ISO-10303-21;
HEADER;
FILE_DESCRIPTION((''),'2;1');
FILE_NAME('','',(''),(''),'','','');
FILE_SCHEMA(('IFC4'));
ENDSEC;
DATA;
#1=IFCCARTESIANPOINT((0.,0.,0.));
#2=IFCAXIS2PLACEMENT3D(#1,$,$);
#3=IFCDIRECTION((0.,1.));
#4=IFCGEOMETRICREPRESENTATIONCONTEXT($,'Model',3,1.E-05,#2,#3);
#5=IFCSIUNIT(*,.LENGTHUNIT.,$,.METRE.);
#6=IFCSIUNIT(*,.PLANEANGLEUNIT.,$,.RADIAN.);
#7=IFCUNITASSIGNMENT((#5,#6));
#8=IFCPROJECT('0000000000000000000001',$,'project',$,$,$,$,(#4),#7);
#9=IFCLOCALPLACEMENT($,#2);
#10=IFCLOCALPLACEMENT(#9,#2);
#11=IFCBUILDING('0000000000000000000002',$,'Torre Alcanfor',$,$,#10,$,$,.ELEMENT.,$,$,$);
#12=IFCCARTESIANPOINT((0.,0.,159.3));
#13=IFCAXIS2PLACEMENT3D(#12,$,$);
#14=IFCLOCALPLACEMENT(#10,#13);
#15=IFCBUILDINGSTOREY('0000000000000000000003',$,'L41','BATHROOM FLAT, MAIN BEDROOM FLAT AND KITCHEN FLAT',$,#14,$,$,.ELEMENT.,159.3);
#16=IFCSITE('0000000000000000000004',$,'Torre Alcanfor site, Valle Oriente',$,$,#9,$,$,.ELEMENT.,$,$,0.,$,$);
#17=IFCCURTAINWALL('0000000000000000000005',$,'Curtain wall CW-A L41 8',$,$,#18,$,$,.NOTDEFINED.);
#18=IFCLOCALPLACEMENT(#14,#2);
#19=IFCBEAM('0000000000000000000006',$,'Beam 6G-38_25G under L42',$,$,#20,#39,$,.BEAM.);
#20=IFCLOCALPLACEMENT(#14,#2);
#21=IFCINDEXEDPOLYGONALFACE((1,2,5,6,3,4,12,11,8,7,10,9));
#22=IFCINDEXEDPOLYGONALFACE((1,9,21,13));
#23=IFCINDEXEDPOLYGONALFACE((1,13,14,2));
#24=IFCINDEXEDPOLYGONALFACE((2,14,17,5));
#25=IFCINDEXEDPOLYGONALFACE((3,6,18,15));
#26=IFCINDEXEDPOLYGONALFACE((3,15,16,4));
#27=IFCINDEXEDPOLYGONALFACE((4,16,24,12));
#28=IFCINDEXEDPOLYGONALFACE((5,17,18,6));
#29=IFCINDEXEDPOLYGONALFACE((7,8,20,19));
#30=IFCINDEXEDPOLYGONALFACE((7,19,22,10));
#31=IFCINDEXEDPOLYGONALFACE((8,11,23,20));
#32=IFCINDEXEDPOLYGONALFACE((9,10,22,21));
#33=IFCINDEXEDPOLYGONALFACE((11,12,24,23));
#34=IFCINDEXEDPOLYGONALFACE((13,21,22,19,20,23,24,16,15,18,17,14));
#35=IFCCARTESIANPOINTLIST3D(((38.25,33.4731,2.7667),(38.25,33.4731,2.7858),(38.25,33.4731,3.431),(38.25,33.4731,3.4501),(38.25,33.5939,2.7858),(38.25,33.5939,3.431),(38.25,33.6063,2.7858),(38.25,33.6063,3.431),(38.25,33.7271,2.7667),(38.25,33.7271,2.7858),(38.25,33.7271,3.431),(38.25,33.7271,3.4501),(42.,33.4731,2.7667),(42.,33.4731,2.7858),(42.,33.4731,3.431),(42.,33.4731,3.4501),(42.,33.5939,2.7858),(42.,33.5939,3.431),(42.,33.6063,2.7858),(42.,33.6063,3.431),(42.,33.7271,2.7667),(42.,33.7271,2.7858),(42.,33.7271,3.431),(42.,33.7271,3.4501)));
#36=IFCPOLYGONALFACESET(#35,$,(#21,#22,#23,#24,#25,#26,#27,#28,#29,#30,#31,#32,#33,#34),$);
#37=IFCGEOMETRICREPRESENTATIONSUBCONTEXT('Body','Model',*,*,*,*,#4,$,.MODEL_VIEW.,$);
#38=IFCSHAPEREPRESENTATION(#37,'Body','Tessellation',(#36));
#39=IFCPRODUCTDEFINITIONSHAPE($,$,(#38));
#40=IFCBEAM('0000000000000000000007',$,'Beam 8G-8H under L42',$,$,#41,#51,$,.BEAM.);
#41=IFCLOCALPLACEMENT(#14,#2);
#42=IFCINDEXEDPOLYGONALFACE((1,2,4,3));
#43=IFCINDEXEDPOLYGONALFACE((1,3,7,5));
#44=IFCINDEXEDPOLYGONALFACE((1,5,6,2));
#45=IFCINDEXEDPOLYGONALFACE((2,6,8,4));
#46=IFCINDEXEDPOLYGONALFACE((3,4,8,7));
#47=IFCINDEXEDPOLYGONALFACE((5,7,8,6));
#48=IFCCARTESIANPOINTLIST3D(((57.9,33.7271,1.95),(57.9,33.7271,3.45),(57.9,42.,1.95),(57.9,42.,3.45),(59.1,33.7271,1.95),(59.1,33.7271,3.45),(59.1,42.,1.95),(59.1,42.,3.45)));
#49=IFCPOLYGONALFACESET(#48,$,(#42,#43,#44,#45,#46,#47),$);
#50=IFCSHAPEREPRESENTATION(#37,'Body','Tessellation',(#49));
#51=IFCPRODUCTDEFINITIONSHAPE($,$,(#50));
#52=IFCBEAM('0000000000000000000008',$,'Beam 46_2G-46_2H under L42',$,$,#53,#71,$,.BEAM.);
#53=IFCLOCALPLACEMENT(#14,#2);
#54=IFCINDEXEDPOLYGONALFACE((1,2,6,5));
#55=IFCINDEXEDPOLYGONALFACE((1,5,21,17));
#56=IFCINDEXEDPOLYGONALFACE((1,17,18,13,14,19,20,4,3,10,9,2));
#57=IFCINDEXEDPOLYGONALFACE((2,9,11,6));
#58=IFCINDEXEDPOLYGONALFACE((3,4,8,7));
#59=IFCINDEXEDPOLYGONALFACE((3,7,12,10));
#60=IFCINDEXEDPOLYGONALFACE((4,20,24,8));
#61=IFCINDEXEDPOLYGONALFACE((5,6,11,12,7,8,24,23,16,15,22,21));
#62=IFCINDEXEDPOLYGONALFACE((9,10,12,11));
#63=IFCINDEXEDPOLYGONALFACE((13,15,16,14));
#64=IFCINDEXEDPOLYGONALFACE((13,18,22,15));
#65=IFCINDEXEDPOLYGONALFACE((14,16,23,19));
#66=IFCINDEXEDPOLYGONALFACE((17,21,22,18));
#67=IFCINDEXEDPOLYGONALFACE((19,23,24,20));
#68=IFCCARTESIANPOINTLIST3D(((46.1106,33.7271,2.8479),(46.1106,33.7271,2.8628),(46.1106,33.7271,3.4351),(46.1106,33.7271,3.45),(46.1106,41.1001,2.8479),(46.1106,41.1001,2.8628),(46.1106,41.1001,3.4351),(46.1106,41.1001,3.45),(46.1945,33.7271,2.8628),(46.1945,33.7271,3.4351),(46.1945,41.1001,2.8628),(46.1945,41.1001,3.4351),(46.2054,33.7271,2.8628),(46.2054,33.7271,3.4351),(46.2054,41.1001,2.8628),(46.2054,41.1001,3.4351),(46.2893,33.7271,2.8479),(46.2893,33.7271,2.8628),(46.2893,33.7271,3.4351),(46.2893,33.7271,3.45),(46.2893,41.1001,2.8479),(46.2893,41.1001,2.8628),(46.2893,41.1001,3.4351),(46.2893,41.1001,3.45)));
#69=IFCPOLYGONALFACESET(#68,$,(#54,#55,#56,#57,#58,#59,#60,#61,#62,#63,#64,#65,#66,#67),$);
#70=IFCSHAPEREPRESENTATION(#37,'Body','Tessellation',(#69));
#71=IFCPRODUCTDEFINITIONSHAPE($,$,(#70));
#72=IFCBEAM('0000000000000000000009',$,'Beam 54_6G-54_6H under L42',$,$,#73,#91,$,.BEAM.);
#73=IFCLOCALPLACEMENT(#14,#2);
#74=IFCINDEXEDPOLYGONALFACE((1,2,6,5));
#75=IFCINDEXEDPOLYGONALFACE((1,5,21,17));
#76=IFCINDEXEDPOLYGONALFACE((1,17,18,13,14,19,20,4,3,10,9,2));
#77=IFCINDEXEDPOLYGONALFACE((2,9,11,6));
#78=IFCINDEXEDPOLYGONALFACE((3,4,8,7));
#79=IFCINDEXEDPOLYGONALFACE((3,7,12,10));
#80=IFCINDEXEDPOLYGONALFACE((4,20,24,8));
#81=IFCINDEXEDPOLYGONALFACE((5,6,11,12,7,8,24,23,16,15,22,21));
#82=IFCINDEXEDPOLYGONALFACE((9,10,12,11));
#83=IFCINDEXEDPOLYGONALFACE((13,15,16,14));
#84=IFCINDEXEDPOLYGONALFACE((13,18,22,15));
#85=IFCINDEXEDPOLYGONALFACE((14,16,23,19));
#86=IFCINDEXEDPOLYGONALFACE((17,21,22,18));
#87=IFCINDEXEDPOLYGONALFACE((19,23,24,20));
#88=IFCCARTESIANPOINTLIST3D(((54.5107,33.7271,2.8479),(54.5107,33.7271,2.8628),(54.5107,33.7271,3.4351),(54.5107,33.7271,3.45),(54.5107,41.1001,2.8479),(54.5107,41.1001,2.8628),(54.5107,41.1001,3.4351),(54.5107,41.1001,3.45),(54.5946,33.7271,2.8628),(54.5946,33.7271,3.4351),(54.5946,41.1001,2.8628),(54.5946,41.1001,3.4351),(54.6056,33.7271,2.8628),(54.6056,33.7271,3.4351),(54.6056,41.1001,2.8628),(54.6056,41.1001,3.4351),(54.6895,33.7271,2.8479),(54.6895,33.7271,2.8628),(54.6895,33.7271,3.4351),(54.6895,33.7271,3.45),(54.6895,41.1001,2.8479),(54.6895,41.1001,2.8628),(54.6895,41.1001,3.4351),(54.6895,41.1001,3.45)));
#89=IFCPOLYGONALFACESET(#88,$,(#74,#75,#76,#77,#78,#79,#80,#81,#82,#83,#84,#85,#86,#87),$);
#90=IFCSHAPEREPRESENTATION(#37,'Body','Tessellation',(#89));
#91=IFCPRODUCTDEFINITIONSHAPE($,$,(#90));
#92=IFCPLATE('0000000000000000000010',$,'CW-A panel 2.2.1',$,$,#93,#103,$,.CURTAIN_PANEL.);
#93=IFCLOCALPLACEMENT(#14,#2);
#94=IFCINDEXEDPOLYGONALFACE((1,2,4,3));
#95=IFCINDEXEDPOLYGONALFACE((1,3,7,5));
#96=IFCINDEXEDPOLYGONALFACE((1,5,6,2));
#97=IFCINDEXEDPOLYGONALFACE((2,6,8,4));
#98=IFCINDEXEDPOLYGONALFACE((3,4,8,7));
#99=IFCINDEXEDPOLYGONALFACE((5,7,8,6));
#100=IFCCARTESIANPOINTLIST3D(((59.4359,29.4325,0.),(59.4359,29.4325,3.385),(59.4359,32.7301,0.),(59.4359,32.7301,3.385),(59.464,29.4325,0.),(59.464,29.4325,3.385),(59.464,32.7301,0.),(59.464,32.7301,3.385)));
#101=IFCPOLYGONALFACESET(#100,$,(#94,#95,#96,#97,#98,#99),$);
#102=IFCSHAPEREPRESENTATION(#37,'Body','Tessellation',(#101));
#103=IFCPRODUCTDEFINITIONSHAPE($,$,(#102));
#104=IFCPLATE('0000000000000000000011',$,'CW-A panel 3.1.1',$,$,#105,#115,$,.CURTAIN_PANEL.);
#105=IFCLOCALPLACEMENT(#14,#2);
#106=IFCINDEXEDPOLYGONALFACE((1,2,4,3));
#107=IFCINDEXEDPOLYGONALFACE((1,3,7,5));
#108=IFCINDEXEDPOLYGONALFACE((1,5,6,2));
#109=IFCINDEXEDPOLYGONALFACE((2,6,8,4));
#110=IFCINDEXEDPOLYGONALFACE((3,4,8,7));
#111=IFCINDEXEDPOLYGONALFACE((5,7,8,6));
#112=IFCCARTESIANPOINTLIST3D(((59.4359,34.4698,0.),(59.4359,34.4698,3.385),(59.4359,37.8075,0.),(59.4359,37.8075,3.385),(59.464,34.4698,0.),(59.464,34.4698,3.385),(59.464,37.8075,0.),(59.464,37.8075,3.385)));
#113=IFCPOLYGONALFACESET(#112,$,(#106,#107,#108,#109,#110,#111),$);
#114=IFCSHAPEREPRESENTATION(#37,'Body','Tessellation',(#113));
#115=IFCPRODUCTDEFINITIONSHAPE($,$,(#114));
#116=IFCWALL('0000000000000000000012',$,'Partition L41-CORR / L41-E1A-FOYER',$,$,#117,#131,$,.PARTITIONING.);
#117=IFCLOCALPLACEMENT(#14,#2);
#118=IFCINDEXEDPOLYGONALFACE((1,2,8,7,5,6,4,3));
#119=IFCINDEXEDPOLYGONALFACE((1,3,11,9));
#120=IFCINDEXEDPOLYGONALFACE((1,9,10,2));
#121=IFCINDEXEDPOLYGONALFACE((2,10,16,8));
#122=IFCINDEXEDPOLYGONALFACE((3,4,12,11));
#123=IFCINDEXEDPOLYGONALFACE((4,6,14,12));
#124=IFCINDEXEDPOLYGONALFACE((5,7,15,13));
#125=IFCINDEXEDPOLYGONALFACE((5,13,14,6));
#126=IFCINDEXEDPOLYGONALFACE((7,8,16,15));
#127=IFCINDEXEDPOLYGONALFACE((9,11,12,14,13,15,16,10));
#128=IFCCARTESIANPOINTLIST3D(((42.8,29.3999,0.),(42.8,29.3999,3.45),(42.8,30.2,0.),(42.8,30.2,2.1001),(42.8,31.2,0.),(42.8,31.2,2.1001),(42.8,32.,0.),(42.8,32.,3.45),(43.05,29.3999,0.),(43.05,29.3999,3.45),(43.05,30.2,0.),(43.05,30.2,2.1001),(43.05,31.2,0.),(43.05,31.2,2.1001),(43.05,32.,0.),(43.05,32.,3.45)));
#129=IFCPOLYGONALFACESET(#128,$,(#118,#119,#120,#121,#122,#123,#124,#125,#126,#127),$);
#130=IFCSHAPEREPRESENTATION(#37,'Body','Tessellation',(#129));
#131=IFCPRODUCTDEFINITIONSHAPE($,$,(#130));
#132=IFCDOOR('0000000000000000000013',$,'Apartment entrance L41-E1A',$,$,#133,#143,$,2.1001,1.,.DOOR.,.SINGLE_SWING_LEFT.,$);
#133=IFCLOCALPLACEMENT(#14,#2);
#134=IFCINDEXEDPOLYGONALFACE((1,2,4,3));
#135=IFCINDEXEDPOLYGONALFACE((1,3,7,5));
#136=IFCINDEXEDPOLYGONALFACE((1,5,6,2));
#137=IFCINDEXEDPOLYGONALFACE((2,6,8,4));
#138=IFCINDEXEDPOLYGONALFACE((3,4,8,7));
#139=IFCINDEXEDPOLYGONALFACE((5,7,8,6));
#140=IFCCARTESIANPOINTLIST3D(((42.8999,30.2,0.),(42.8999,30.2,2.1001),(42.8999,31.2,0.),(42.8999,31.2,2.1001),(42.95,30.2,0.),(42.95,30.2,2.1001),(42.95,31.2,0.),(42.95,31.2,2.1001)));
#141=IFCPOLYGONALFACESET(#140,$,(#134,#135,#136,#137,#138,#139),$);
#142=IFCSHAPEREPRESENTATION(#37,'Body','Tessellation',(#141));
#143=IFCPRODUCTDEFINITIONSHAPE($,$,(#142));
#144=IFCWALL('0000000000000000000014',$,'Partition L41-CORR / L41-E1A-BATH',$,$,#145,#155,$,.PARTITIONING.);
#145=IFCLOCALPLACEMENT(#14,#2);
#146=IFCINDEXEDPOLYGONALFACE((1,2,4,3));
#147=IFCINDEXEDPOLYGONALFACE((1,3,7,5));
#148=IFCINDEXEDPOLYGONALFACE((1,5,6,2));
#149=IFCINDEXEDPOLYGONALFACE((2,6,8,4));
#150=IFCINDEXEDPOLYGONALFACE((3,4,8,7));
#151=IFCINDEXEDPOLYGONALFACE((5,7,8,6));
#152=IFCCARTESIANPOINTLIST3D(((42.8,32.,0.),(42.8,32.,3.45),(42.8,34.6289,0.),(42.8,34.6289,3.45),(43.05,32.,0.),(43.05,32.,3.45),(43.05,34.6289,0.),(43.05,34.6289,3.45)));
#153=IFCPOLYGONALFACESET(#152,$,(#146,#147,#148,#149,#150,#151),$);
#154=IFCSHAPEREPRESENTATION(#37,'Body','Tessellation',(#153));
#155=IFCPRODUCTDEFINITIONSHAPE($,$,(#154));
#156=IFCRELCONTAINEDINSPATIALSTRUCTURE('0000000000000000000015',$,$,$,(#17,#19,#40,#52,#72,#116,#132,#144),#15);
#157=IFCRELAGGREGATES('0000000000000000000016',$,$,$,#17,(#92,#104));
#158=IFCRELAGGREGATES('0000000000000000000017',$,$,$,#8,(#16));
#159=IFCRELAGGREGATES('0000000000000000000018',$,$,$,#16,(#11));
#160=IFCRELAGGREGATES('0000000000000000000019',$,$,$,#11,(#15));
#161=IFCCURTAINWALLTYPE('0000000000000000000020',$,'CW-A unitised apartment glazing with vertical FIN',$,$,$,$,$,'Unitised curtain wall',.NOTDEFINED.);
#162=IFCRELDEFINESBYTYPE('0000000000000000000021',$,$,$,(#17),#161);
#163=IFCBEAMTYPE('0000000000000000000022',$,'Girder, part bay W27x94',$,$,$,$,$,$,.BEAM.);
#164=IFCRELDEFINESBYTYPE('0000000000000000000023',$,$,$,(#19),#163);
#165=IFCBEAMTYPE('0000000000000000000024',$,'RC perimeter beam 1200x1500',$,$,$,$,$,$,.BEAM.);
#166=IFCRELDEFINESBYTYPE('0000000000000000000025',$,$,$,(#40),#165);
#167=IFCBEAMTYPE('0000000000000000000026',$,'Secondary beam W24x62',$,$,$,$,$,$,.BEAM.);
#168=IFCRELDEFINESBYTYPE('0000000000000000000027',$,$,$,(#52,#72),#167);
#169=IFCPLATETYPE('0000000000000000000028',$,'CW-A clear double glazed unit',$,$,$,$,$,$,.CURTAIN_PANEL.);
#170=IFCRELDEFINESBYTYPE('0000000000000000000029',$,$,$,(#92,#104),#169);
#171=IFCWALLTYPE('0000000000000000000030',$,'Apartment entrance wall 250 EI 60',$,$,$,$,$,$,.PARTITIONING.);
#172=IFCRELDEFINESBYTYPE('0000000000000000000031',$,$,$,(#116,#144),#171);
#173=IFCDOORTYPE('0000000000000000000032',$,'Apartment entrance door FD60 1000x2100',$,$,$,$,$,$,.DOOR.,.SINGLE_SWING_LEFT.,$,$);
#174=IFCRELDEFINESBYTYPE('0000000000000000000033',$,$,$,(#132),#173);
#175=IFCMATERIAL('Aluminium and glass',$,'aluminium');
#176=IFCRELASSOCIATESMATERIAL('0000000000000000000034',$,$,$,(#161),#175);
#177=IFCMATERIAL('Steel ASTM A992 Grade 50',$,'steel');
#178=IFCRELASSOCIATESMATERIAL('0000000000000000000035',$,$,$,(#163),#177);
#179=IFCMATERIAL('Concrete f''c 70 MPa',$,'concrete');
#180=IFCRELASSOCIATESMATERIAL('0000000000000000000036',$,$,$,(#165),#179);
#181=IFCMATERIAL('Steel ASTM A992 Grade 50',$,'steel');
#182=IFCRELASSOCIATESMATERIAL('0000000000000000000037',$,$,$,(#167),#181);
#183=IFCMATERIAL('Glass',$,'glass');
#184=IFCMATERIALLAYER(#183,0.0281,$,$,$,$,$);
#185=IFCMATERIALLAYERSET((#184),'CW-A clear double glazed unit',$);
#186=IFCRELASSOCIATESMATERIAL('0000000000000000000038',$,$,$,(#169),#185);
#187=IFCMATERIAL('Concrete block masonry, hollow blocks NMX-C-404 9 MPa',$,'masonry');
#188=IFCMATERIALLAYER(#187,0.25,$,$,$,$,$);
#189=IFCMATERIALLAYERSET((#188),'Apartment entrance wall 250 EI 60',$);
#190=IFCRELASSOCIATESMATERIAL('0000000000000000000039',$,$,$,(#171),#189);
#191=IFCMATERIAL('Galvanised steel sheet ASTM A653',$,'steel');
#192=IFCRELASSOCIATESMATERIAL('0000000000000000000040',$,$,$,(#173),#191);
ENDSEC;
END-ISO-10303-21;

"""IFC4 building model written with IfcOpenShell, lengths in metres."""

from ifc_helpers import new_model, si_unit, direction, frame, frame_2d, origin, origin_2d, place, context, subcontext, project, spatial, rectangle, i_section, extrude, material, layer, layer_set, material_profile, profile_set, type_object, element, fill, aggregate, save


model = new_model("IFC4")

# Units and contexts
model_context = context("Model", 3, precision=1e-05, world=origin(), true_north=direction((0.0, 1.0)))
body_context = subcontext(model_context, "Body", "Model", "MODEL_VIEW")
ifc_project = project(units=[si_unit("LENGTHUNIT", "METRE"), si_unit("PLANEANGLEUNIT", "RADIAN")], contexts=[model_context])

# Site, building, storey
site_placement = place(None, origin())
site = spatial("IfcSite", under=ifc_project, at=site_placement, Name="Torre Alcanfor site, Valle Oriente", CompositionType="ELEMENT", RefElevation=0.0)
building_placement = place(site_placement, origin())
building = spatial("IfcBuilding", under=site, at=building_placement, Name="Torre Alcanfor", CompositionType="ELEMENT")
storey_placement = place(building_placement, frame((0.0, 0.0, 159.3)))
storey = spatial("IfcBuildingStorey", under=building, at=storey_placement, Name="L41", Description="BATHROOM FLAT, MAIN BEDROOM FLAT AND KITCHEN FLAT", CompositionType="ELEMENT", Elevation=159.3)

# Curtain wall
ifc_material_1 = material(Name="Aluminium and glass", Category="aluminium")
curtain_wall_type = type_object("IfcCurtainWallType", Name="CW-A unitised apartment glazing with vertical FIN", ElementType="Unitised curtain wall", PredefinedType="NOTDEFINED", material=ifc_material_1)
curtain_wall_placement = place(storey_placement, origin())
curtain_wall = element("IfcCurtainWall", 1, at=curtain_wall_placement, inside=storey, type_object=curtain_wall_type, Name="Curtain wall CW-A L41 8", PredefinedType="NOTDEFINED")

# Beams
ifc_material_2 = material(Name="Steel ASTM A992 Grade 50", Category="steel")
ifc_material_profile_1 = material_profile(ifc_material_2, i_section(OverallWidth=0.2539, OverallDepth=0.6833, WebThickness=0.0125, FlangeThickness=0.019, at=origin_2d()), Name="W27x94")
ifc_profile_set_1 = profile_set([ifc_material_profile_1], Name="Steel ASTM A992 Grade 50")
beam_type_1 = type_object("IfcBeamType", Name="Girder, part bay W27x94", PredefinedType="BEAM", material=ifc_profile_set_1)
beam_1_placement = place(storey_placement, frame((42.0, 33.6001, 3.1084), z_axis=(-1.0, 0.0, 0.0), x_axis=(0.0, -1.0, 0.0)))
element("IfcBeam", 2, at=beam_1_placement, inside=storey, type_object=beam_type_1, Name="Beam 6G-38_25G under L42", PredefinedType="BEAM", context=body_context, shape_type="SweptSolid", body=[
    extrude(i_section(OverallWidth=0.2539, OverallDepth=0.6833, WebThickness=0.0125, FlangeThickness=0.019, at=origin_2d()), origin(), (0.0, 0.0, 1.0), 3.75),
])
ifc_material_3 = material(Name="Concrete f'c 70 MPa", Category="concrete")
ifc_material_profile_2 = material_profile(ifc_material_3, rectangle(XDim=1.2, YDim=1.5, at=origin_2d()), Name="1200x1500")
ifc_profile_set_2 = profile_set([ifc_material_profile_2], Name="Concrete f'c 70 MPa")
beam_type_2 = type_object("IfcBeamType", Name="RC perimeter beam 1200x1500", PredefinedType="BEAM", material=ifc_profile_set_2)
beam_2_placement = place(storey_placement, frame((58.5, 33.7271, 2.7), z_axis=(0.0, 1.0, 0.0), x_axis=(-1.0, 0.0, 0.0)))
element("IfcBeam", 3, at=beam_2_placement, inside=storey, type_object=beam_type_2, Name="Beam 8G-8H under L42", PredefinedType="BEAM", context=body_context, shape_type="SweptSolid", body=[
    extrude(rectangle(XDim=1.2, YDim=1.5, at=origin_2d()), origin(), (0.0, 0.0, 1.0), 8.2729),
])
ifc_material_4 = material(Name="Steel ASTM A992 Grade 50", Category="steel")
ifc_material_profile_3 = material_profile(ifc_material_4, i_section(OverallWidth=0.1787, OverallDepth=0.6021, WebThickness=0.011, FlangeThickness=0.0149, at=origin_2d()), Name="W24x62")
ifc_profile_set_3 = profile_set([ifc_material_profile_3], Name="Steel ASTM A992 Grade 50")
beam_type_3 = type_object("IfcBeamType", Name="Secondary beam W24x62", PredefinedType="BEAM", material=ifc_profile_set_3)
for number, where, z_axis, x_axis, name in (
    (4, (46.2, 33.7271, 3.1489), (0.0, 1.0, 0.0), (-1.0, 0.0, 0.0), "Beam 46_2G-46_2H under L42"),
    (5, (54.6001, 33.7271, 3.1489), (0.0, 1.0, 0.0), (-1.0, 0.0, 0.0), "Beam 54_6G-54_6H under L42"),
):
    element("IfcBeam", number, at=place(storey_placement, frame(where, z_axis=z_axis, x_axis=x_axis)), inside=storey, type_object=beam_type_3, Name=name, PredefinedType="BEAM", context=body_context, shape_type="SweptSolid", body=[
        extrude(i_section(OverallWidth=0.1787, OverallDepth=0.6021, WebThickness=0.011, FlangeThickness=0.0149, at=origin_2d()), origin(), (0.0, 0.0, 1.0), 7.373),
    ])

# Plates
ifc_material_5 = material(Name="Glass", Category="glass")
ifc_layer_1 = layer(ifc_material_5, 0.0281)
ifc_layer_set_1 = layer_set([ifc_layer_1], Name="CW-A clear double glazed unit")
plate_type = type_object("IfcPlateType", Name="CW-A clear double glazed unit", PredefinedType="CURTAIN_PANEL", material=ifc_layer_set_1)
plate_1_placement = place(storey_placement, frame((59.45, 31.0813, 0.0), z_axis=(0.0, 0.0, 1.0), x_axis=(0.0, 1.0, 0.0)))
plate_1 = element("IfcPlate", 6, at=plate_1_placement, type_object=plate_type, Name="CW-A panel 2.2.1", PredefinedType="CURTAIN_PANEL", context=body_context, shape_type="SweptSolid", body=[
    extrude(rectangle(XDim=3.2976, YDim=0.0281, at=origin_2d()), origin(), (0.0, 0.0, 1.0), 3.385),
])
plate_2_placement = place(storey_placement, frame((59.45, 36.1387, 0.0), z_axis=(0.0, 0.0, 1.0), x_axis=(0.0, 1.0, 0.0)))
plate_2 = element("IfcPlate", 7, at=plate_2_placement, type_object=plate_type, Name="CW-A panel 3.1.1", PredefinedType="CURTAIN_PANEL", context=body_context, shape_type="SweptSolid", body=[
    extrude(rectangle(XDim=3.3376, YDim=0.0281, at=origin_2d()), origin(), (0.0, 0.0, 1.0), 3.385),
])
aggregate(curtain_wall, [plate_1, plate_2])

# Wall, opening, door
ifc_material_6 = material(Name="Concrete block masonry, hollow blocks NMX-C-404 9 MPa", Category="masonry")
ifc_layer_2 = layer(ifc_material_6, 0.25)
ifc_layer_set_2 = layer_set([ifc_layer_2], Name="Apartment entrance wall 250 EI 60")
wall_type_1 = type_object("IfcWallType", Name="Apartment entrance wall 250 EI 60", PredefinedType="PARTITIONING", material=ifc_layer_set_2)
wall_1_placement = place(storey_placement, frame((42.925, 32.0, 0.0), z_axis=(0.0, 0.0, 1.0), x_axis=(0.0, -1.0, 0.0)))
wall_1 = element("IfcWall", 8, at=wall_1_placement, inside=storey, type_object=wall_type_1, Name="Partition L41-CORR / L41-E1A-FOYER", PredefinedType="PARTITIONING", context=body_context, shape_type="SweptSolid", body=[
    extrude(rectangle(XDim=2.6001, YDim=0.25, at=frame_2d((1.3, 0.0))), origin(), (0.0, 0.0, 1.0), 3.45),
])
opening_1_placement = place(wall_1_placement, frame((0.8, 0.0, 0.0)))
opening_1 = element("IfcOpeningElement", 9, at=opening_1_placement, cuts=wall_1, PredefinedType="OPENING", context=body_context, shape_type="SweptSolid", body=[
    extrude(rectangle(XDim=1.0, YDim=2.1001, at=frame_2d((0.5, 1.05))), frame((0.0, 0.135, 0.0), z_axis=(0.0, -1.0, 0.0), x_axis=(1.0, 0.0, 0.0)), (0.0, 0.0, 1.0), 0.27),
])
ifc_material_7 = material(Name="Galvanised steel sheet ASTM A653", Category="steel")
door_type_1 = type_object("IfcDoorType", Name="Apartment entrance door FD60 1000x2100", OperationType="SINGLE_SWING_LEFT", PredefinedType="DOOR", material=ifc_material_7)
door_1_placement = place(opening_1_placement, origin())
door_1 = element("IfcDoor", 10, at=door_1_placement, inside=storey, type_object=door_type_1, Name="Apartment entrance L41-E1A", OperationType="SINGLE_SWING_LEFT", OverallHeight=2.1001, OverallWidth=1.0, PredefinedType="DOOR", context=body_context, shape_type="SweptSolid", body=[
    extrude(rectangle(XDim=1.0, YDim=2.1001, at=frame_2d((0.5, 1.05))), frame((0.0, 0.0249, 0.0), z_axis=(0.0, -1.0, 0.0), x_axis=(1.0, 0.0, 0.0)), (0.0, 0.0, 1.0), 0.05),
])
fill(opening_1, door_1)

# Wall
wall_2_placement = place(storey_placement, frame((42.925, 34.6289, 0.0), z_axis=(0.0, 0.0, 1.0), x_axis=(0.0, -1.0, 0.0)))
element("IfcWall", 11, at=wall_2_placement, inside=storey, type_object=wall_type_1, Name="Partition L41-CORR / L41-E1A-BATH", PredefinedType="PARTITIONING", context=body_context, shape_type="SweptSolid", body=[
    extrude(rectangle(XDim=2.6289, YDim=0.25, at=frame_2d((1.3145, 0.0))), origin(), (0.0, 0.0, 1.0), 3.45),
])

save(model, "model.ifc")
